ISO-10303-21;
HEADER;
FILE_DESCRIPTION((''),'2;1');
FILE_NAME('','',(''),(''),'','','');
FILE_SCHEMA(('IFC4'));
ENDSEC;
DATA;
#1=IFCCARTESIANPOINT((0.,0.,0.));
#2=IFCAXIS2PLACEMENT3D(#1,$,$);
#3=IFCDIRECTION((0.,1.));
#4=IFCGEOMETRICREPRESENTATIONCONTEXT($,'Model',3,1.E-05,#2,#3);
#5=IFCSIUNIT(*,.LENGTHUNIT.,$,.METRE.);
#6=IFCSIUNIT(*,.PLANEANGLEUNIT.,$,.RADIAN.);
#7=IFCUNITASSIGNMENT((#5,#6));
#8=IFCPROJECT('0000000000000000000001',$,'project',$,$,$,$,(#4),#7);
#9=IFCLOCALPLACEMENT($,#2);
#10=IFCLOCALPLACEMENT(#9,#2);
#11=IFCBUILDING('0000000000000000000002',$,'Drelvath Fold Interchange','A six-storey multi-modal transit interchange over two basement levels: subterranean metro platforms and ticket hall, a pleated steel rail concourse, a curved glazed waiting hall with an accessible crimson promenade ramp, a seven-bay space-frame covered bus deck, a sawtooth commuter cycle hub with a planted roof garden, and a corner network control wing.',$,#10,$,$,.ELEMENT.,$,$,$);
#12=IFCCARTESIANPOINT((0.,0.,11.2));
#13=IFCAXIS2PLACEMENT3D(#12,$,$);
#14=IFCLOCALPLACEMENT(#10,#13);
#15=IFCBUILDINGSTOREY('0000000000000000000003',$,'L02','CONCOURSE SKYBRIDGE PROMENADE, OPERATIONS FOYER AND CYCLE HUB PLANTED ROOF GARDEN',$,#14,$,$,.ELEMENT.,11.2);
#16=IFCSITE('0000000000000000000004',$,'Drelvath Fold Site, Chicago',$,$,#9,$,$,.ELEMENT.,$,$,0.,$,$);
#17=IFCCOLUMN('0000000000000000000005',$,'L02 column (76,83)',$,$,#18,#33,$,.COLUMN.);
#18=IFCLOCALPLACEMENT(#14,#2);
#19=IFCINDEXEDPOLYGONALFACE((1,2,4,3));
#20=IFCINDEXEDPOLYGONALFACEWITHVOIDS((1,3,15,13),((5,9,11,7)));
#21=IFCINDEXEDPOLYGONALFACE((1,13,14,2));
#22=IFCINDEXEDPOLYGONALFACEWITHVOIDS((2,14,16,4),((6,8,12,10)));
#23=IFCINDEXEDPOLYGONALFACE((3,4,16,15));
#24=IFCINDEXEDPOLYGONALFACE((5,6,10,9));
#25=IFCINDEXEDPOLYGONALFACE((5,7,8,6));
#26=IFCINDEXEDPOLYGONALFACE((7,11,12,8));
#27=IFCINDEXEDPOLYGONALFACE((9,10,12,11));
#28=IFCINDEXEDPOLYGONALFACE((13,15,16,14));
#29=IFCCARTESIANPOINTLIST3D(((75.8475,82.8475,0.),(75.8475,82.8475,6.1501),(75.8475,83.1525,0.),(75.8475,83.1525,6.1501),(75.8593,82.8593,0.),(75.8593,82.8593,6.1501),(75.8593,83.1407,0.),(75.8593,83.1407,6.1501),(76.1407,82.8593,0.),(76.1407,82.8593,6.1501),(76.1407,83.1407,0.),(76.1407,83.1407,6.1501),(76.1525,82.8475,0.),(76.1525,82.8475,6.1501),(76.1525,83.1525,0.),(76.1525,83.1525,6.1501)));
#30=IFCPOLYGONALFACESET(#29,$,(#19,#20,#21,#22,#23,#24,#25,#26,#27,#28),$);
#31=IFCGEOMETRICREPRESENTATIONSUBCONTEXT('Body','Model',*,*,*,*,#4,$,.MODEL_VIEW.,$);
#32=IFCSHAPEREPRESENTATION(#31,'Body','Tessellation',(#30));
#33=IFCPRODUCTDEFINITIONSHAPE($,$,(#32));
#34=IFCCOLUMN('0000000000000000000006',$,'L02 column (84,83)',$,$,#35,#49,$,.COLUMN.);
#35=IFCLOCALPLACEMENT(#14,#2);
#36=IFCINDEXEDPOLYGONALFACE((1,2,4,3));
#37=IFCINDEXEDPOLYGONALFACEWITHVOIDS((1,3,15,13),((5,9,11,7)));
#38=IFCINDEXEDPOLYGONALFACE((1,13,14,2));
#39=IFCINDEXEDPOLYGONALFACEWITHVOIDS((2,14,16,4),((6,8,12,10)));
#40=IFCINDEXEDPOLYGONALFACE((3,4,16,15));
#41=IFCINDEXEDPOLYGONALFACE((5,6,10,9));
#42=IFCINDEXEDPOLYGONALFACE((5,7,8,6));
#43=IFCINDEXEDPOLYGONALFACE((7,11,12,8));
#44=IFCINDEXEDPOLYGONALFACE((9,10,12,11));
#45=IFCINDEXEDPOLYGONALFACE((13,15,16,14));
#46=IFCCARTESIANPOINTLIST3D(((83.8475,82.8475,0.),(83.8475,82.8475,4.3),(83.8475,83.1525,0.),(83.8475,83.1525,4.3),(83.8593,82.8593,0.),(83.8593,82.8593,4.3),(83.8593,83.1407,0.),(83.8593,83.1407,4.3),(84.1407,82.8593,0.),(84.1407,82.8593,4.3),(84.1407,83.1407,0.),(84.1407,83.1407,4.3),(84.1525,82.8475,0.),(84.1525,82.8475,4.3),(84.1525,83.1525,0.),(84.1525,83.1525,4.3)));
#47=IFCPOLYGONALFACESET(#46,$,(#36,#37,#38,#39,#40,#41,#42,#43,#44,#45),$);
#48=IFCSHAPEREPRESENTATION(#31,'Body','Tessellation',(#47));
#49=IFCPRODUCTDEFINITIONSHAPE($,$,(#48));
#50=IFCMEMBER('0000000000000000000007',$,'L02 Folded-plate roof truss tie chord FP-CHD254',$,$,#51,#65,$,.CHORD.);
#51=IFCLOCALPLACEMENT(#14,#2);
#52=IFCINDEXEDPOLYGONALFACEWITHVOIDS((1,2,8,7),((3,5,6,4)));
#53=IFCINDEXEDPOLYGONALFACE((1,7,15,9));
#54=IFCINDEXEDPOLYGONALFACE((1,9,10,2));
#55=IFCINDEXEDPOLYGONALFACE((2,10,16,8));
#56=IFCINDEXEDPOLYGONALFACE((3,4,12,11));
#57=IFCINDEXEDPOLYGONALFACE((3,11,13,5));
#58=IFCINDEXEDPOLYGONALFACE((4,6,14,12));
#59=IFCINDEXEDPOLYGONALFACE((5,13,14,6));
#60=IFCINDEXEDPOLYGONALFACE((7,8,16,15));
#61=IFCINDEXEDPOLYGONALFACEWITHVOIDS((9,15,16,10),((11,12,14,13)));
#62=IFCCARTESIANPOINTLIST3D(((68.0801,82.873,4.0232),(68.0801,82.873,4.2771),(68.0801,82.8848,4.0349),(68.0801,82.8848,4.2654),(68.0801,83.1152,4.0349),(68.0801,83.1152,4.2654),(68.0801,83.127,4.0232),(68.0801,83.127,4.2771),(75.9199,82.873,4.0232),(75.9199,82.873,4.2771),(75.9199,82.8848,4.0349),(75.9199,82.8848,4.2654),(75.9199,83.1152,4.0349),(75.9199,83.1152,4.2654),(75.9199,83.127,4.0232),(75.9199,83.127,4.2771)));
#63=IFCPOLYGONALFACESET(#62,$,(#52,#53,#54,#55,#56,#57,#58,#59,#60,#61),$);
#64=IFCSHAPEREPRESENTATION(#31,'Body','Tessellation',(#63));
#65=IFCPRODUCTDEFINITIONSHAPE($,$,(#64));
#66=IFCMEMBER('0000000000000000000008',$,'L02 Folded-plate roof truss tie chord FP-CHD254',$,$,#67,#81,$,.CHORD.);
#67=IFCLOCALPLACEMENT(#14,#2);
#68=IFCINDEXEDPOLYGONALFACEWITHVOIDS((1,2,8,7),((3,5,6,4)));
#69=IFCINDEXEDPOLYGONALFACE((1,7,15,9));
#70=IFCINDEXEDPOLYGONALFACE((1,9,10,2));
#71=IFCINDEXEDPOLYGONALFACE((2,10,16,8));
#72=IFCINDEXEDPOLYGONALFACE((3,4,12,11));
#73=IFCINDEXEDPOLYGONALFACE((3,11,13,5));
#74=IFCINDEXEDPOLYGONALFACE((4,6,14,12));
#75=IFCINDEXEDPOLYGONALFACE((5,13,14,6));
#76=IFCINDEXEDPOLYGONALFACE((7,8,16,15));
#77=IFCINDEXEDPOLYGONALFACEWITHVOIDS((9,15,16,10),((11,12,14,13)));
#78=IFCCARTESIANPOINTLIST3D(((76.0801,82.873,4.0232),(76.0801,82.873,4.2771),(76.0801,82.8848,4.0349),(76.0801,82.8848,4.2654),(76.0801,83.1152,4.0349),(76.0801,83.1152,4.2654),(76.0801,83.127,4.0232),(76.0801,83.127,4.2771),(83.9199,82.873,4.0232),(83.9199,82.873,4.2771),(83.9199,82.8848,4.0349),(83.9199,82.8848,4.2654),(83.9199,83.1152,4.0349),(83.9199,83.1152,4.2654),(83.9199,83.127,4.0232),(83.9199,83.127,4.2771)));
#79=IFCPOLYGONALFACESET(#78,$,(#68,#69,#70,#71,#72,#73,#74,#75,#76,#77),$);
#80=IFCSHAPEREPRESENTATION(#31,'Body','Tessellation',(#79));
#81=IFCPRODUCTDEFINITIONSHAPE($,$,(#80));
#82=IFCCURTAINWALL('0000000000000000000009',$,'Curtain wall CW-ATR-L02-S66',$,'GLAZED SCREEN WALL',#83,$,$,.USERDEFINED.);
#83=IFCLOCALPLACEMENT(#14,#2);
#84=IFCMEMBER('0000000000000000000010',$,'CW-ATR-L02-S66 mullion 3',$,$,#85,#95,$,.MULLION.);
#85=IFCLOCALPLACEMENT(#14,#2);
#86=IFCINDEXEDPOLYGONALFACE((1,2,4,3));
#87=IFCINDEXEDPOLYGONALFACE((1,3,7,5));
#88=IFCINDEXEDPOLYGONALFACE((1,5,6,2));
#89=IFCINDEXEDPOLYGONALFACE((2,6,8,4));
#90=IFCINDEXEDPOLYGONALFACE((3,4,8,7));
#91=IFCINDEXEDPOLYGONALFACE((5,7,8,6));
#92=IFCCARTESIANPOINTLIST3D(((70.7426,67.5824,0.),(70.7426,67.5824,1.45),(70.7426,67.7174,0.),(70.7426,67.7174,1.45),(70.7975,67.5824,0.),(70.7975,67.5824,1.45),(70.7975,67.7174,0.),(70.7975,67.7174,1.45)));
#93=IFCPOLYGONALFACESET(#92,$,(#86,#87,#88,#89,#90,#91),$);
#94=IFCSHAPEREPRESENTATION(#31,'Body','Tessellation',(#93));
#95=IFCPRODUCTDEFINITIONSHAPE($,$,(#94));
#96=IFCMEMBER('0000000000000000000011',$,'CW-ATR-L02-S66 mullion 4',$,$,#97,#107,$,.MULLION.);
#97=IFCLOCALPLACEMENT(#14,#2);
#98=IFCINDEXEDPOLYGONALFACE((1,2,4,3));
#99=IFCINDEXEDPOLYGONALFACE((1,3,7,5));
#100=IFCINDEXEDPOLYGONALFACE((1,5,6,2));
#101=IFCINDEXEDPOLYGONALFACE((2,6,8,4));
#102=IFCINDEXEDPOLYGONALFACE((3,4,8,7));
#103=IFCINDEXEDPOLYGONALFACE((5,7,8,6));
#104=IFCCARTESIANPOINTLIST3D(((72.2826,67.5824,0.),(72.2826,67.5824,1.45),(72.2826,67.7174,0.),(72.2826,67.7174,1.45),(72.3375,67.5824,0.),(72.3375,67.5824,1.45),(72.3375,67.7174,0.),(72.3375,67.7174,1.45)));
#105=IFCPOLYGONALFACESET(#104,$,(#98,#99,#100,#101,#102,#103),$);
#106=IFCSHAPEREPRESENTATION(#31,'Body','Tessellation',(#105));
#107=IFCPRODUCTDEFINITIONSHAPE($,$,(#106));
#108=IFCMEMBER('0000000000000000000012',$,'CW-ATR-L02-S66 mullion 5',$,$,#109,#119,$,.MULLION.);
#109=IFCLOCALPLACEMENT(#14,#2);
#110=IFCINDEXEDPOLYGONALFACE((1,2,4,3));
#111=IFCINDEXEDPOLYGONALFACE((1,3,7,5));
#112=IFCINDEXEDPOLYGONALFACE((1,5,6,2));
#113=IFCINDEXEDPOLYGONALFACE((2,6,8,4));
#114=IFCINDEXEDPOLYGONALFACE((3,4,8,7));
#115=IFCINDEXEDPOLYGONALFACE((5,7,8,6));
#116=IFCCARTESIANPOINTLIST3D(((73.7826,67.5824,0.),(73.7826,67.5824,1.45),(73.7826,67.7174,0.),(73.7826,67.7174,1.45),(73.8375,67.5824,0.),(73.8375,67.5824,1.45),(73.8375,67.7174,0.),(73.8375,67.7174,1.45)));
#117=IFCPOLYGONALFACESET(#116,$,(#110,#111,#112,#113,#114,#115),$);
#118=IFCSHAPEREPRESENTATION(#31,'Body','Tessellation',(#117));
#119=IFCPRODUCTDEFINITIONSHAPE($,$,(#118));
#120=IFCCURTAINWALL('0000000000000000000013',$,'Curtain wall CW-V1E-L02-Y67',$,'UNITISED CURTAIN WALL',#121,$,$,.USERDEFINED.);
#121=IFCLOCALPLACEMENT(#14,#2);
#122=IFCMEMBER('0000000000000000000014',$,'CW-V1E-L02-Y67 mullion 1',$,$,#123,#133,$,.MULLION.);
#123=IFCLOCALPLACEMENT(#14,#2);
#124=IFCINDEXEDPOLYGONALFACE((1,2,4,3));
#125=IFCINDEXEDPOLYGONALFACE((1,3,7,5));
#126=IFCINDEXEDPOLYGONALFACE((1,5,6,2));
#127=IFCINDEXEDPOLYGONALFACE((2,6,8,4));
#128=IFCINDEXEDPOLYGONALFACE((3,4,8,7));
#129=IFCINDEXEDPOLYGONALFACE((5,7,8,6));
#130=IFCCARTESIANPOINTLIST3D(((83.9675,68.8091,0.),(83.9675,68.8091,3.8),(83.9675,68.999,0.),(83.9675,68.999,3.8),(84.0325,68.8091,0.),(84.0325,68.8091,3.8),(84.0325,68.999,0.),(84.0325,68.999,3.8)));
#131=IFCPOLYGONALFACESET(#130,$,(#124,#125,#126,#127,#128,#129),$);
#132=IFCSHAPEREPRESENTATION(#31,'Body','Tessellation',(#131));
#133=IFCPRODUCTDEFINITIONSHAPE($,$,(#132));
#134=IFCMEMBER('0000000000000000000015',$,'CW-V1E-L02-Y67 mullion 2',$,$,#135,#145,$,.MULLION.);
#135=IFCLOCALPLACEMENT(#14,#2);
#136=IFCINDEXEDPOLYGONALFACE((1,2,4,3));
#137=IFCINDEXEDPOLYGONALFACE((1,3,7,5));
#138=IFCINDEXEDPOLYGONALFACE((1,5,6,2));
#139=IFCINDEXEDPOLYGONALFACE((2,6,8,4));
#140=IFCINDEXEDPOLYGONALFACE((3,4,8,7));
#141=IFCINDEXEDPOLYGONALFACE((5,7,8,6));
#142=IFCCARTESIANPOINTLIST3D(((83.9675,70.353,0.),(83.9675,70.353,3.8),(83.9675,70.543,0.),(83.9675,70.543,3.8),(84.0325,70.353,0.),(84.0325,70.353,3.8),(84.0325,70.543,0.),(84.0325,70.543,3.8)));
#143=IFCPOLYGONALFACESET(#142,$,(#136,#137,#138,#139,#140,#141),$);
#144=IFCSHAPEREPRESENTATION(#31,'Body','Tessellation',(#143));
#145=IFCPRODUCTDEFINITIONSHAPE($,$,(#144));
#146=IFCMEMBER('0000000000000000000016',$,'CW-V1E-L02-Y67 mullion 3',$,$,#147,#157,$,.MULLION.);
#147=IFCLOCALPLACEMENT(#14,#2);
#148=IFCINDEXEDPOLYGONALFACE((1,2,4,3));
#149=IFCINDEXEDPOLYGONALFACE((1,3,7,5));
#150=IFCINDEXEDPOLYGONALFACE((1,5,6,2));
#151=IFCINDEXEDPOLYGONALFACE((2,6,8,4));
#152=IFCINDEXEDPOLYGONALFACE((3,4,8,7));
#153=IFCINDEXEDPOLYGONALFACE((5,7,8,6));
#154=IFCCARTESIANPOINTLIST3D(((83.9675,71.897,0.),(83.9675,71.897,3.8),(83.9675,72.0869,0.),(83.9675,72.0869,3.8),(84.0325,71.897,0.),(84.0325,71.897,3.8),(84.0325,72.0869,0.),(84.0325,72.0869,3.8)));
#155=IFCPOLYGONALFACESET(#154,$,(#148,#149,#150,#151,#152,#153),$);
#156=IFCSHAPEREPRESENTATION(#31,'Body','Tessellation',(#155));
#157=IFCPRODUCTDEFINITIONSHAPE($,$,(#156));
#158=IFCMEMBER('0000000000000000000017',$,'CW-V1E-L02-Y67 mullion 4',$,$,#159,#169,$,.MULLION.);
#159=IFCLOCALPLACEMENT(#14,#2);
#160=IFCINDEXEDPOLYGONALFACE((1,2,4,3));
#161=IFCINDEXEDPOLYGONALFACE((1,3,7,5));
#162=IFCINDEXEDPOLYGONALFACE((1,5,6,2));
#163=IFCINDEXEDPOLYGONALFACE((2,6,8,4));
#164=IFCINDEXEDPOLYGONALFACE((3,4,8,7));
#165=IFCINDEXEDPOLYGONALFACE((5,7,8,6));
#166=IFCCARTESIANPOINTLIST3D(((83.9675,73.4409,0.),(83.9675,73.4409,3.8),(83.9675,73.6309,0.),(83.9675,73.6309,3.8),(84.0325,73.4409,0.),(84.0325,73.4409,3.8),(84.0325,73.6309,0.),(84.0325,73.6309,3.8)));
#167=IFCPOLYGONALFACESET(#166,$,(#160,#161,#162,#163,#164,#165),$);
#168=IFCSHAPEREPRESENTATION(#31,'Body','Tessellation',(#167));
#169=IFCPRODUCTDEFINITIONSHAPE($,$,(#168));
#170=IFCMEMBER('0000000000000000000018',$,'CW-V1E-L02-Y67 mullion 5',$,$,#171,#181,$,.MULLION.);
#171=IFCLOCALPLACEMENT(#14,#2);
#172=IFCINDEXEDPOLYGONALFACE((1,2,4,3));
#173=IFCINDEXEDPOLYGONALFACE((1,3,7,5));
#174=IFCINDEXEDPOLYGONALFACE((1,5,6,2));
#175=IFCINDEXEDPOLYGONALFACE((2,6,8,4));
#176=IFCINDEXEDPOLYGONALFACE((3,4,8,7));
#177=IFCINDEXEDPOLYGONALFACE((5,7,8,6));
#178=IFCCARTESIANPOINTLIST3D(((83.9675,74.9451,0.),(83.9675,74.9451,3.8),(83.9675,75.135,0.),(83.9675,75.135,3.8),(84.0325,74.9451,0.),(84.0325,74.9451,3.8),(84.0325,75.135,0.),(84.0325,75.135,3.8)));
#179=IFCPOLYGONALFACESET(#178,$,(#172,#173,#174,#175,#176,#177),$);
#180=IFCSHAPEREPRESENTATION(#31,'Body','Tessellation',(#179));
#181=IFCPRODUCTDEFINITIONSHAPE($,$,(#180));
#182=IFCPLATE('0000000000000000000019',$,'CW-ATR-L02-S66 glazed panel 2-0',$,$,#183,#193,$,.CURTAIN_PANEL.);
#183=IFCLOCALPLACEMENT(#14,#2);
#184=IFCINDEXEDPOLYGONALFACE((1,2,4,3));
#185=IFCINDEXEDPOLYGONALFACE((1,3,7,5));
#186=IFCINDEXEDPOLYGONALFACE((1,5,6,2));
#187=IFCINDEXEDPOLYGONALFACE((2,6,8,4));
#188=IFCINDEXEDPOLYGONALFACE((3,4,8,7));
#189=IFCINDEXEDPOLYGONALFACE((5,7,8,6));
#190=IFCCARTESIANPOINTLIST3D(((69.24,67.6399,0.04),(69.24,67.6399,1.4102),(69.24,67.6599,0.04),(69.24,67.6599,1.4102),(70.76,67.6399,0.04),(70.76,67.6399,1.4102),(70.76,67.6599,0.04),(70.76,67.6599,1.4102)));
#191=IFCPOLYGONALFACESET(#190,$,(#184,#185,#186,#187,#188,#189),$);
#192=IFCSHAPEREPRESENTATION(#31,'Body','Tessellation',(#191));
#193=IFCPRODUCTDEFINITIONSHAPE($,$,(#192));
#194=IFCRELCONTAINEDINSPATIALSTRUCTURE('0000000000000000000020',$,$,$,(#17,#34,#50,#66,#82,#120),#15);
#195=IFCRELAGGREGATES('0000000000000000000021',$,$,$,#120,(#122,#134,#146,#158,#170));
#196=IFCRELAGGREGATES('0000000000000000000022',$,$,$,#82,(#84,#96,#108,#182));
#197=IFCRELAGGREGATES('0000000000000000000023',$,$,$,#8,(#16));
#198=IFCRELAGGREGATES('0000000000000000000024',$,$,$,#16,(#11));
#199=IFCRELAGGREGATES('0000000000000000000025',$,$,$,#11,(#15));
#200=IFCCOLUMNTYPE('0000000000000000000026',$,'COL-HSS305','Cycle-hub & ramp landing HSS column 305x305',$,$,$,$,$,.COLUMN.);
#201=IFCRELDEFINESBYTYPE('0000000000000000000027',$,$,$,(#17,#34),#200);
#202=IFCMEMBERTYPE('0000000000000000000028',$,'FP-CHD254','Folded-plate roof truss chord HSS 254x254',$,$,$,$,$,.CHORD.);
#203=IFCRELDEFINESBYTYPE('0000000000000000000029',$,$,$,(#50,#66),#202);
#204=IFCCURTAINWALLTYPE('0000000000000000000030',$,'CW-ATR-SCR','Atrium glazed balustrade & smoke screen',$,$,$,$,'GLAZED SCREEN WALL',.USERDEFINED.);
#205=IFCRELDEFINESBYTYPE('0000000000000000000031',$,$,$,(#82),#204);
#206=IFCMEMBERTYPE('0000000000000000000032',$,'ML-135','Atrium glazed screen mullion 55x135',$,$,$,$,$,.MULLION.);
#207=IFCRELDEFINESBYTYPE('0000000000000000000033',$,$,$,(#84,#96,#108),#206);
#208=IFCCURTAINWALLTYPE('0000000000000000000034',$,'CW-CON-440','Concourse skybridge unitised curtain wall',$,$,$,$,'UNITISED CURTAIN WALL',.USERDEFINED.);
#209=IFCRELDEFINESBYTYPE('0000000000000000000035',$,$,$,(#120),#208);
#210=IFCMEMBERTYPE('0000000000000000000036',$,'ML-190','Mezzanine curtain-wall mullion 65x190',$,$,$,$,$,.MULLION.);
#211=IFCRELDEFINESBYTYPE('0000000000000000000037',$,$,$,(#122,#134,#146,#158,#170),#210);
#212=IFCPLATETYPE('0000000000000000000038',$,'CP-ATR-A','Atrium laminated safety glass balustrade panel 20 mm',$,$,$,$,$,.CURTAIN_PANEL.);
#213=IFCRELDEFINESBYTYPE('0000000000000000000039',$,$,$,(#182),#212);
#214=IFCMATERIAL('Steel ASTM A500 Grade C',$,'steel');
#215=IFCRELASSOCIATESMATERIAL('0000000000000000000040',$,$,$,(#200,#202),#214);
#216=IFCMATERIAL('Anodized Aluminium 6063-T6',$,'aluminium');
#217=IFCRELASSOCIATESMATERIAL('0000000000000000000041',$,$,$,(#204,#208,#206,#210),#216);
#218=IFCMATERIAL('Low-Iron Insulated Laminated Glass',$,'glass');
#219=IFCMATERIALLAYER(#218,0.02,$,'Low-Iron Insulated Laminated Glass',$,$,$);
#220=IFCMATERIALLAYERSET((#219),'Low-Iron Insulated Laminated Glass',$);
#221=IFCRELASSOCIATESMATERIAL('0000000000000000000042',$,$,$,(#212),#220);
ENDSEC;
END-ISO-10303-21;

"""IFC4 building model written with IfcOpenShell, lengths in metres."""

from ifc_helpers import new_model, si_unit, direction, frame, origin, origin_2d, place, context, subcontext, project, spatial, rectangle, hollow_rectangle, extrude, material, layer, layer_set, material_profile, profile_set, type_object, element, aggregate, save


model = new_model("IFC4")

# Units and contexts
model_context = context("Model", 3, precision=1e-05, world=origin(), true_north=direction((0.0, 1.0)))
body_context = subcontext(model_context, "Body", "Model", "MODEL_VIEW")
ifc_project = project(units=[si_unit("LENGTHUNIT", "METRE"), si_unit("PLANEANGLEUNIT", "RADIAN")], contexts=[model_context])

# Site, building, storey
site_placement = place(None, origin())
site = spatial("IfcSite", under=ifc_project, at=site_placement, Name="Drelvath Fold Site, Chicago", CompositionType="ELEMENT", RefElevation=0.0)
building_placement = place(site_placement, origin())
building = spatial("IfcBuilding", under=site, at=building_placement, Name="Drelvath Fold Interchange", Description="A six-storey multi-modal transit interchange over two basement levels: subterranean metro platforms and ticket hall, a pleated steel rail concourse, a curved glazed waiting hall with an accessible crimson promenade ramp, a seven-bay space-frame covered bus deck, a sawtooth commuter cycle hub with a planted roof garden, and a corner network control wing.", CompositionType="ELEMENT")
storey_placement = place(building_placement, frame((0.0, 0.0, 11.2)))
storey = spatial("IfcBuildingStorey", under=building, at=storey_placement, Name="L02", Description="CONCOURSE SKYBRIDGE PROMENADE, OPERATIONS FOYER AND CYCLE HUB PLANTED ROOF GARDEN", CompositionType="ELEMENT", Elevation=11.2)

# Columns
ifc_material_1 = material(Name="Steel ASTM A500 Grade C", Category="steel")
ifc_material_profile_1 = material_profile(ifc_material_1, hollow_rectangle(XDim=0.3049, YDim=0.3049, WallThickness=0.0117, at=origin_2d()), Name="HSS12X12X1/2")
ifc_profile_set_1 = profile_set([ifc_material_profile_1], Name="Steel ASTM A500 Grade C")
column_type = type_object("IfcColumnType", Name="COL-HSS305", Description="Cycle-hub & ramp landing HSS column 305x305", PredefinedType="COLUMN", material=ifc_profile_set_1)
column_1_placement = place(storey_placement, frame((76.0, 83.0, 0.0), z_axis=(0.0, 0.0, 1.0), x_axis=(1.0, 0.0, 0.0)))
element("IfcColumn", 1, at=column_1_placement, inside=storey, type_object=column_type, Name="L02 column (76,83)", PredefinedType="COLUMN", context=body_context, shape_type="SweptSolid", body=[
    extrude(hollow_rectangle(XDim=0.3049, YDim=0.3049, WallThickness=0.0117, at=origin_2d()), origin(), (0.0, 0.0, 1.0), 6.1501),
])
column_2_placement = place(storey_placement, frame((84.0, 83.0, 0.0), z_axis=(0.0, 0.0, 1.0), x_axis=(1.0, 0.0, 0.0)))
element("IfcColumn", 2, at=column_2_placement, inside=storey, type_object=column_type, Name="L02 column (84,83)", PredefinedType="COLUMN", context=body_context, shape_type="SweptSolid", body=[
    extrude(hollow_rectangle(XDim=0.3049, YDim=0.3049, WallThickness=0.0117, at=origin_2d()), origin(), (0.0, 0.0, 1.0), 4.3),
])

# Members
ifc_material_profile_2 = material_profile(ifc_material_1, hollow_rectangle(XDim=0.2539, YDim=0.2539, WallThickness=0.0117, at=origin_2d()), Name="HSS10X10X1/2")
ifc_profile_set_2 = profile_set([ifc_material_profile_2], Name="Steel ASTM A500 Grade C")
member_type_1 = type_object("IfcMemberType", Name="FP-CHD254", Description="Folded-plate roof truss chord HSS 254x254", PredefinedType="CHORD", material=ifc_profile_set_2)
for number, where, z_axis, x_axis, name in (
    (3, (68.0801, 83.0, 4.1501), (1.0, 0.0, 0.0), (0.0, 1.0, 0.0), "L02 Folded-plate roof truss tie chord FP-CHD254"),
    (4, (76.0801, 83.0, 4.1501), (1.0, 0.0, 0.0), (0.0, 1.0, 0.0), "L02 Folded-plate roof truss tie chord FP-CHD254"),
):
    element("IfcMember", number, at=place(storey_placement, frame(where, z_axis=z_axis, x_axis=x_axis)), inside=storey, type_object=member_type_1, Name=name, PredefinedType="CHORD", context=body_context, shape_type="SweptSolid", body=[
        extrude(hollow_rectangle(XDim=0.2539, YDim=0.2539, WallThickness=0.0117, at=origin_2d()), origin(), (0.0, 0.0, 1.0), 7.8398),
    ])

# Curtain walls, members
ifc_material_2 = material(Name="Anodized Aluminium 6063-T6", Category="aluminium")
curtain_wall_type_1 = type_object("IfcCurtainWallType", Name="CW-ATR-SCR", Description="Atrium glazed balustrade & smoke screen", ElementType="GLAZED SCREEN WALL", PredefinedType="USERDEFINED", material=ifc_material_2)
curtain_wall_1_placement = place(storey_placement, origin())
curtain_wall_1 = element("IfcCurtainWall", 5, at=curtain_wall_1_placement, inside=storey, type_object=curtain_wall_type_1, Name="Curtain wall CW-ATR-L02-S66", ObjectType="GLAZED SCREEN WALL", PredefinedType="USERDEFINED")
ifc_material_profile_3 = material_profile(ifc_material_2, rectangle(XDim=0.0549, YDim=0.135, at=origin_2d()), Name="AL-M 55x135")
ifc_profile_set_3 = profile_set([ifc_material_profile_3], Name="Anodized Aluminium 6063-T6")
member_type_2 = type_object("IfcMemberType", Name="ML-135", Description="Atrium glazed screen mullion 55x135", PredefinedType="MULLION", material=ifc_profile_set_3)
member_1_placement = place(storey_placement, frame((70.77, 67.6499, 0.0), z_axis=(0.0, 0.0, 1.0), x_axis=(1.0, 0.0, 0.0)))
member_1 = element("IfcMember", 6, at=member_1_placement, type_object=member_type_2, Name="CW-ATR-L02-S66 mullion 3", PredefinedType="MULLION", context=body_context, shape_type="SweptSolid", body=[
    extrude(rectangle(XDim=0.0549, YDim=0.135, at=origin_2d()), origin(), (0.0, 0.0, 1.0), 1.45),
])
member_2_placement = place(storey_placement, frame((72.3101, 67.6499, 0.0), z_axis=(0.0, 0.0, 1.0), x_axis=(1.0, 0.0, 0.0)))
member_2 = element("IfcMember", 7, at=member_2_placement, type_object=member_type_2, Name="CW-ATR-L02-S66 mullion 4", PredefinedType="MULLION", context=body_context, shape_type="SweptSolid", body=[
    extrude(rectangle(XDim=0.0549, YDim=0.135, at=origin_2d()), origin(), (0.0, 0.0, 1.0), 1.45),
])
member_3_placement = place(storey_placement, frame((73.8101, 67.6499, 0.0), z_axis=(0.0, 0.0, 1.0), x_axis=(1.0, 0.0, 0.0)))
member_3 = element("IfcMember", 8, at=member_3_placement, type_object=member_type_2, Name="CW-ATR-L02-S66 mullion 5", PredefinedType="MULLION", context=body_context, shape_type="SweptSolid", body=[
    extrude(rectangle(XDim=0.0549, YDim=0.135, at=origin_2d()), origin(), (0.0, 0.0, 1.0), 1.45),
])
curtain_wall_type_2 = type_object("IfcCurtainWallType", Name="CW-CON-440", Description="Concourse skybridge unitised curtain wall", ElementType="UNITISED CURTAIN WALL", PredefinedType="USERDEFINED", material=ifc_material_2)
curtain_wall_2_placement = place(storey_placement, origin())
curtain_wall_2 = element("IfcCurtainWall", 9, at=curtain_wall_2_placement, inside=storey, type_object=curtain_wall_type_2, Name="Curtain wall CW-V1E-L02-Y67", ObjectType="UNITISED CURTAIN WALL", PredefinedType="USERDEFINED")
ifc_material_profile_4 = material_profile(ifc_material_2, rectangle(XDim=0.0649, YDim=0.1899, at=origin_2d()), Name="AL-M 65x190")
ifc_profile_set_4 = profile_set([ifc_material_profile_4], Name="Anodized Aluminium 6063-T6")
member_type_3 = type_object("IfcMemberType", Name="ML-190", Description="Mezzanine curtain-wall mullion 65x190", PredefinedType="MULLION", material=ifc_profile_set_4)
member_4_placement = place(storey_placement, frame((84.0, 68.9041, 0.0), z_axis=(0.0, 0.0, 1.0), x_axis=(1.0, 0.0, 0.0)))
member_4 = element("IfcMember", 10, at=member_4_placement, type_object=member_type_3, Name="CW-V1E-L02-Y67 mullion 1", PredefinedType="MULLION", context=body_context, shape_type="SweptSolid", body=[
    extrude(rectangle(XDim=0.0649, YDim=0.1899, at=origin_2d()), origin(), (0.0, 0.0, 1.0), 3.8),
])
member_5_placement = place(storey_placement, frame((84.0, 70.448, 0.0), z_axis=(0.0, 0.0, 1.0), x_axis=(1.0, 0.0, 0.0)))
member_5 = element("IfcMember", 11, at=member_5_placement, type_object=member_type_3, Name="CW-V1E-L02-Y67 mullion 2", PredefinedType="MULLION", context=body_context, shape_type="SweptSolid", body=[
    extrude(rectangle(XDim=0.0649, YDim=0.1899, at=origin_2d()), origin(), (0.0, 0.0, 1.0), 3.8),
])
member_6_placement = place(storey_placement, frame((84.0, 71.9919, 0.0), z_axis=(0.0, 0.0, 1.0), x_axis=(1.0, 0.0, 0.0)))
member_6 = element("IfcMember", 12, at=member_6_placement, type_object=member_type_3, Name="CW-V1E-L02-Y67 mullion 3", PredefinedType="MULLION", context=body_context, shape_type="SweptSolid", body=[
    extrude(rectangle(XDim=0.0649, YDim=0.1899, at=origin_2d()), origin(), (0.0, 0.0, 1.0), 3.8),
])
member_7_placement = place(storey_placement, frame((84.0, 73.5359, 0.0), z_axis=(0.0, 0.0, 1.0), x_axis=(1.0, 0.0, 0.0)))
member_7 = element("IfcMember", 13, at=member_7_placement, type_object=member_type_3, Name="CW-V1E-L02-Y67 mullion 4", PredefinedType="MULLION", context=body_context, shape_type="SweptSolid", body=[
    extrude(rectangle(XDim=0.0649, YDim=0.1899, at=origin_2d()), origin(), (0.0, 0.0, 1.0), 3.8),
])
member_8_placement = place(storey_placement, frame((84.0, 75.04, 0.0), z_axis=(0.0, 0.0, 1.0), x_axis=(1.0, 0.0, 0.0)))
member_8 = element("IfcMember", 14, at=member_8_placement, type_object=member_type_3, Name="CW-V1E-L02-Y67 mullion 5", PredefinedType="MULLION", context=body_context, shape_type="SweptSolid", body=[
    extrude(rectangle(XDim=0.0649, YDim=0.1899, at=origin_2d()), origin(), (0.0, 0.0, 1.0), 3.8),
])
aggregate(curtain_wall_2, [member_4, member_5, member_6, member_7, member_8])

# Plate
ifc_material_3 = material(Name="Low-Iron Insulated Laminated Glass", Category="glass")
ifc_layer_1 = layer(ifc_material_3, 0.02, Name="Low-Iron Insulated Laminated Glass")
ifc_layer_set_1 = layer_set([ifc_layer_1], Name="Low-Iron Insulated Laminated Glass")
plate_type = type_object("IfcPlateType", Name="CP-ATR-A", Description="Atrium laminated safety glass balustrade panel 20 mm", PredefinedType="CURTAIN_PANEL", material=ifc_layer_set_1)
plate_1_placement = place(storey_placement, frame((70.0, 67.6499, 0.04), z_axis=(0.0, 0.0, 1.0), x_axis=(1.0, 0.0, 0.0)))
plate_1 = element("IfcPlate", 15, at=plate_1_placement, type_object=plate_type, Name="CW-ATR-L02-S66 glazed panel 2-0", PredefinedType="CURTAIN_PANEL", context=body_context, shape_type="SweptSolid", body=[
    extrude(rectangle(XDim=1.52, YDim=0.02, at=origin_2d()), origin(), (0.0, 0.0, 1.0), 1.3701),
])
aggregate(curtain_wall_1, [member_1, member_2, member_3, plate_1])

save(model, "model.ifc")
